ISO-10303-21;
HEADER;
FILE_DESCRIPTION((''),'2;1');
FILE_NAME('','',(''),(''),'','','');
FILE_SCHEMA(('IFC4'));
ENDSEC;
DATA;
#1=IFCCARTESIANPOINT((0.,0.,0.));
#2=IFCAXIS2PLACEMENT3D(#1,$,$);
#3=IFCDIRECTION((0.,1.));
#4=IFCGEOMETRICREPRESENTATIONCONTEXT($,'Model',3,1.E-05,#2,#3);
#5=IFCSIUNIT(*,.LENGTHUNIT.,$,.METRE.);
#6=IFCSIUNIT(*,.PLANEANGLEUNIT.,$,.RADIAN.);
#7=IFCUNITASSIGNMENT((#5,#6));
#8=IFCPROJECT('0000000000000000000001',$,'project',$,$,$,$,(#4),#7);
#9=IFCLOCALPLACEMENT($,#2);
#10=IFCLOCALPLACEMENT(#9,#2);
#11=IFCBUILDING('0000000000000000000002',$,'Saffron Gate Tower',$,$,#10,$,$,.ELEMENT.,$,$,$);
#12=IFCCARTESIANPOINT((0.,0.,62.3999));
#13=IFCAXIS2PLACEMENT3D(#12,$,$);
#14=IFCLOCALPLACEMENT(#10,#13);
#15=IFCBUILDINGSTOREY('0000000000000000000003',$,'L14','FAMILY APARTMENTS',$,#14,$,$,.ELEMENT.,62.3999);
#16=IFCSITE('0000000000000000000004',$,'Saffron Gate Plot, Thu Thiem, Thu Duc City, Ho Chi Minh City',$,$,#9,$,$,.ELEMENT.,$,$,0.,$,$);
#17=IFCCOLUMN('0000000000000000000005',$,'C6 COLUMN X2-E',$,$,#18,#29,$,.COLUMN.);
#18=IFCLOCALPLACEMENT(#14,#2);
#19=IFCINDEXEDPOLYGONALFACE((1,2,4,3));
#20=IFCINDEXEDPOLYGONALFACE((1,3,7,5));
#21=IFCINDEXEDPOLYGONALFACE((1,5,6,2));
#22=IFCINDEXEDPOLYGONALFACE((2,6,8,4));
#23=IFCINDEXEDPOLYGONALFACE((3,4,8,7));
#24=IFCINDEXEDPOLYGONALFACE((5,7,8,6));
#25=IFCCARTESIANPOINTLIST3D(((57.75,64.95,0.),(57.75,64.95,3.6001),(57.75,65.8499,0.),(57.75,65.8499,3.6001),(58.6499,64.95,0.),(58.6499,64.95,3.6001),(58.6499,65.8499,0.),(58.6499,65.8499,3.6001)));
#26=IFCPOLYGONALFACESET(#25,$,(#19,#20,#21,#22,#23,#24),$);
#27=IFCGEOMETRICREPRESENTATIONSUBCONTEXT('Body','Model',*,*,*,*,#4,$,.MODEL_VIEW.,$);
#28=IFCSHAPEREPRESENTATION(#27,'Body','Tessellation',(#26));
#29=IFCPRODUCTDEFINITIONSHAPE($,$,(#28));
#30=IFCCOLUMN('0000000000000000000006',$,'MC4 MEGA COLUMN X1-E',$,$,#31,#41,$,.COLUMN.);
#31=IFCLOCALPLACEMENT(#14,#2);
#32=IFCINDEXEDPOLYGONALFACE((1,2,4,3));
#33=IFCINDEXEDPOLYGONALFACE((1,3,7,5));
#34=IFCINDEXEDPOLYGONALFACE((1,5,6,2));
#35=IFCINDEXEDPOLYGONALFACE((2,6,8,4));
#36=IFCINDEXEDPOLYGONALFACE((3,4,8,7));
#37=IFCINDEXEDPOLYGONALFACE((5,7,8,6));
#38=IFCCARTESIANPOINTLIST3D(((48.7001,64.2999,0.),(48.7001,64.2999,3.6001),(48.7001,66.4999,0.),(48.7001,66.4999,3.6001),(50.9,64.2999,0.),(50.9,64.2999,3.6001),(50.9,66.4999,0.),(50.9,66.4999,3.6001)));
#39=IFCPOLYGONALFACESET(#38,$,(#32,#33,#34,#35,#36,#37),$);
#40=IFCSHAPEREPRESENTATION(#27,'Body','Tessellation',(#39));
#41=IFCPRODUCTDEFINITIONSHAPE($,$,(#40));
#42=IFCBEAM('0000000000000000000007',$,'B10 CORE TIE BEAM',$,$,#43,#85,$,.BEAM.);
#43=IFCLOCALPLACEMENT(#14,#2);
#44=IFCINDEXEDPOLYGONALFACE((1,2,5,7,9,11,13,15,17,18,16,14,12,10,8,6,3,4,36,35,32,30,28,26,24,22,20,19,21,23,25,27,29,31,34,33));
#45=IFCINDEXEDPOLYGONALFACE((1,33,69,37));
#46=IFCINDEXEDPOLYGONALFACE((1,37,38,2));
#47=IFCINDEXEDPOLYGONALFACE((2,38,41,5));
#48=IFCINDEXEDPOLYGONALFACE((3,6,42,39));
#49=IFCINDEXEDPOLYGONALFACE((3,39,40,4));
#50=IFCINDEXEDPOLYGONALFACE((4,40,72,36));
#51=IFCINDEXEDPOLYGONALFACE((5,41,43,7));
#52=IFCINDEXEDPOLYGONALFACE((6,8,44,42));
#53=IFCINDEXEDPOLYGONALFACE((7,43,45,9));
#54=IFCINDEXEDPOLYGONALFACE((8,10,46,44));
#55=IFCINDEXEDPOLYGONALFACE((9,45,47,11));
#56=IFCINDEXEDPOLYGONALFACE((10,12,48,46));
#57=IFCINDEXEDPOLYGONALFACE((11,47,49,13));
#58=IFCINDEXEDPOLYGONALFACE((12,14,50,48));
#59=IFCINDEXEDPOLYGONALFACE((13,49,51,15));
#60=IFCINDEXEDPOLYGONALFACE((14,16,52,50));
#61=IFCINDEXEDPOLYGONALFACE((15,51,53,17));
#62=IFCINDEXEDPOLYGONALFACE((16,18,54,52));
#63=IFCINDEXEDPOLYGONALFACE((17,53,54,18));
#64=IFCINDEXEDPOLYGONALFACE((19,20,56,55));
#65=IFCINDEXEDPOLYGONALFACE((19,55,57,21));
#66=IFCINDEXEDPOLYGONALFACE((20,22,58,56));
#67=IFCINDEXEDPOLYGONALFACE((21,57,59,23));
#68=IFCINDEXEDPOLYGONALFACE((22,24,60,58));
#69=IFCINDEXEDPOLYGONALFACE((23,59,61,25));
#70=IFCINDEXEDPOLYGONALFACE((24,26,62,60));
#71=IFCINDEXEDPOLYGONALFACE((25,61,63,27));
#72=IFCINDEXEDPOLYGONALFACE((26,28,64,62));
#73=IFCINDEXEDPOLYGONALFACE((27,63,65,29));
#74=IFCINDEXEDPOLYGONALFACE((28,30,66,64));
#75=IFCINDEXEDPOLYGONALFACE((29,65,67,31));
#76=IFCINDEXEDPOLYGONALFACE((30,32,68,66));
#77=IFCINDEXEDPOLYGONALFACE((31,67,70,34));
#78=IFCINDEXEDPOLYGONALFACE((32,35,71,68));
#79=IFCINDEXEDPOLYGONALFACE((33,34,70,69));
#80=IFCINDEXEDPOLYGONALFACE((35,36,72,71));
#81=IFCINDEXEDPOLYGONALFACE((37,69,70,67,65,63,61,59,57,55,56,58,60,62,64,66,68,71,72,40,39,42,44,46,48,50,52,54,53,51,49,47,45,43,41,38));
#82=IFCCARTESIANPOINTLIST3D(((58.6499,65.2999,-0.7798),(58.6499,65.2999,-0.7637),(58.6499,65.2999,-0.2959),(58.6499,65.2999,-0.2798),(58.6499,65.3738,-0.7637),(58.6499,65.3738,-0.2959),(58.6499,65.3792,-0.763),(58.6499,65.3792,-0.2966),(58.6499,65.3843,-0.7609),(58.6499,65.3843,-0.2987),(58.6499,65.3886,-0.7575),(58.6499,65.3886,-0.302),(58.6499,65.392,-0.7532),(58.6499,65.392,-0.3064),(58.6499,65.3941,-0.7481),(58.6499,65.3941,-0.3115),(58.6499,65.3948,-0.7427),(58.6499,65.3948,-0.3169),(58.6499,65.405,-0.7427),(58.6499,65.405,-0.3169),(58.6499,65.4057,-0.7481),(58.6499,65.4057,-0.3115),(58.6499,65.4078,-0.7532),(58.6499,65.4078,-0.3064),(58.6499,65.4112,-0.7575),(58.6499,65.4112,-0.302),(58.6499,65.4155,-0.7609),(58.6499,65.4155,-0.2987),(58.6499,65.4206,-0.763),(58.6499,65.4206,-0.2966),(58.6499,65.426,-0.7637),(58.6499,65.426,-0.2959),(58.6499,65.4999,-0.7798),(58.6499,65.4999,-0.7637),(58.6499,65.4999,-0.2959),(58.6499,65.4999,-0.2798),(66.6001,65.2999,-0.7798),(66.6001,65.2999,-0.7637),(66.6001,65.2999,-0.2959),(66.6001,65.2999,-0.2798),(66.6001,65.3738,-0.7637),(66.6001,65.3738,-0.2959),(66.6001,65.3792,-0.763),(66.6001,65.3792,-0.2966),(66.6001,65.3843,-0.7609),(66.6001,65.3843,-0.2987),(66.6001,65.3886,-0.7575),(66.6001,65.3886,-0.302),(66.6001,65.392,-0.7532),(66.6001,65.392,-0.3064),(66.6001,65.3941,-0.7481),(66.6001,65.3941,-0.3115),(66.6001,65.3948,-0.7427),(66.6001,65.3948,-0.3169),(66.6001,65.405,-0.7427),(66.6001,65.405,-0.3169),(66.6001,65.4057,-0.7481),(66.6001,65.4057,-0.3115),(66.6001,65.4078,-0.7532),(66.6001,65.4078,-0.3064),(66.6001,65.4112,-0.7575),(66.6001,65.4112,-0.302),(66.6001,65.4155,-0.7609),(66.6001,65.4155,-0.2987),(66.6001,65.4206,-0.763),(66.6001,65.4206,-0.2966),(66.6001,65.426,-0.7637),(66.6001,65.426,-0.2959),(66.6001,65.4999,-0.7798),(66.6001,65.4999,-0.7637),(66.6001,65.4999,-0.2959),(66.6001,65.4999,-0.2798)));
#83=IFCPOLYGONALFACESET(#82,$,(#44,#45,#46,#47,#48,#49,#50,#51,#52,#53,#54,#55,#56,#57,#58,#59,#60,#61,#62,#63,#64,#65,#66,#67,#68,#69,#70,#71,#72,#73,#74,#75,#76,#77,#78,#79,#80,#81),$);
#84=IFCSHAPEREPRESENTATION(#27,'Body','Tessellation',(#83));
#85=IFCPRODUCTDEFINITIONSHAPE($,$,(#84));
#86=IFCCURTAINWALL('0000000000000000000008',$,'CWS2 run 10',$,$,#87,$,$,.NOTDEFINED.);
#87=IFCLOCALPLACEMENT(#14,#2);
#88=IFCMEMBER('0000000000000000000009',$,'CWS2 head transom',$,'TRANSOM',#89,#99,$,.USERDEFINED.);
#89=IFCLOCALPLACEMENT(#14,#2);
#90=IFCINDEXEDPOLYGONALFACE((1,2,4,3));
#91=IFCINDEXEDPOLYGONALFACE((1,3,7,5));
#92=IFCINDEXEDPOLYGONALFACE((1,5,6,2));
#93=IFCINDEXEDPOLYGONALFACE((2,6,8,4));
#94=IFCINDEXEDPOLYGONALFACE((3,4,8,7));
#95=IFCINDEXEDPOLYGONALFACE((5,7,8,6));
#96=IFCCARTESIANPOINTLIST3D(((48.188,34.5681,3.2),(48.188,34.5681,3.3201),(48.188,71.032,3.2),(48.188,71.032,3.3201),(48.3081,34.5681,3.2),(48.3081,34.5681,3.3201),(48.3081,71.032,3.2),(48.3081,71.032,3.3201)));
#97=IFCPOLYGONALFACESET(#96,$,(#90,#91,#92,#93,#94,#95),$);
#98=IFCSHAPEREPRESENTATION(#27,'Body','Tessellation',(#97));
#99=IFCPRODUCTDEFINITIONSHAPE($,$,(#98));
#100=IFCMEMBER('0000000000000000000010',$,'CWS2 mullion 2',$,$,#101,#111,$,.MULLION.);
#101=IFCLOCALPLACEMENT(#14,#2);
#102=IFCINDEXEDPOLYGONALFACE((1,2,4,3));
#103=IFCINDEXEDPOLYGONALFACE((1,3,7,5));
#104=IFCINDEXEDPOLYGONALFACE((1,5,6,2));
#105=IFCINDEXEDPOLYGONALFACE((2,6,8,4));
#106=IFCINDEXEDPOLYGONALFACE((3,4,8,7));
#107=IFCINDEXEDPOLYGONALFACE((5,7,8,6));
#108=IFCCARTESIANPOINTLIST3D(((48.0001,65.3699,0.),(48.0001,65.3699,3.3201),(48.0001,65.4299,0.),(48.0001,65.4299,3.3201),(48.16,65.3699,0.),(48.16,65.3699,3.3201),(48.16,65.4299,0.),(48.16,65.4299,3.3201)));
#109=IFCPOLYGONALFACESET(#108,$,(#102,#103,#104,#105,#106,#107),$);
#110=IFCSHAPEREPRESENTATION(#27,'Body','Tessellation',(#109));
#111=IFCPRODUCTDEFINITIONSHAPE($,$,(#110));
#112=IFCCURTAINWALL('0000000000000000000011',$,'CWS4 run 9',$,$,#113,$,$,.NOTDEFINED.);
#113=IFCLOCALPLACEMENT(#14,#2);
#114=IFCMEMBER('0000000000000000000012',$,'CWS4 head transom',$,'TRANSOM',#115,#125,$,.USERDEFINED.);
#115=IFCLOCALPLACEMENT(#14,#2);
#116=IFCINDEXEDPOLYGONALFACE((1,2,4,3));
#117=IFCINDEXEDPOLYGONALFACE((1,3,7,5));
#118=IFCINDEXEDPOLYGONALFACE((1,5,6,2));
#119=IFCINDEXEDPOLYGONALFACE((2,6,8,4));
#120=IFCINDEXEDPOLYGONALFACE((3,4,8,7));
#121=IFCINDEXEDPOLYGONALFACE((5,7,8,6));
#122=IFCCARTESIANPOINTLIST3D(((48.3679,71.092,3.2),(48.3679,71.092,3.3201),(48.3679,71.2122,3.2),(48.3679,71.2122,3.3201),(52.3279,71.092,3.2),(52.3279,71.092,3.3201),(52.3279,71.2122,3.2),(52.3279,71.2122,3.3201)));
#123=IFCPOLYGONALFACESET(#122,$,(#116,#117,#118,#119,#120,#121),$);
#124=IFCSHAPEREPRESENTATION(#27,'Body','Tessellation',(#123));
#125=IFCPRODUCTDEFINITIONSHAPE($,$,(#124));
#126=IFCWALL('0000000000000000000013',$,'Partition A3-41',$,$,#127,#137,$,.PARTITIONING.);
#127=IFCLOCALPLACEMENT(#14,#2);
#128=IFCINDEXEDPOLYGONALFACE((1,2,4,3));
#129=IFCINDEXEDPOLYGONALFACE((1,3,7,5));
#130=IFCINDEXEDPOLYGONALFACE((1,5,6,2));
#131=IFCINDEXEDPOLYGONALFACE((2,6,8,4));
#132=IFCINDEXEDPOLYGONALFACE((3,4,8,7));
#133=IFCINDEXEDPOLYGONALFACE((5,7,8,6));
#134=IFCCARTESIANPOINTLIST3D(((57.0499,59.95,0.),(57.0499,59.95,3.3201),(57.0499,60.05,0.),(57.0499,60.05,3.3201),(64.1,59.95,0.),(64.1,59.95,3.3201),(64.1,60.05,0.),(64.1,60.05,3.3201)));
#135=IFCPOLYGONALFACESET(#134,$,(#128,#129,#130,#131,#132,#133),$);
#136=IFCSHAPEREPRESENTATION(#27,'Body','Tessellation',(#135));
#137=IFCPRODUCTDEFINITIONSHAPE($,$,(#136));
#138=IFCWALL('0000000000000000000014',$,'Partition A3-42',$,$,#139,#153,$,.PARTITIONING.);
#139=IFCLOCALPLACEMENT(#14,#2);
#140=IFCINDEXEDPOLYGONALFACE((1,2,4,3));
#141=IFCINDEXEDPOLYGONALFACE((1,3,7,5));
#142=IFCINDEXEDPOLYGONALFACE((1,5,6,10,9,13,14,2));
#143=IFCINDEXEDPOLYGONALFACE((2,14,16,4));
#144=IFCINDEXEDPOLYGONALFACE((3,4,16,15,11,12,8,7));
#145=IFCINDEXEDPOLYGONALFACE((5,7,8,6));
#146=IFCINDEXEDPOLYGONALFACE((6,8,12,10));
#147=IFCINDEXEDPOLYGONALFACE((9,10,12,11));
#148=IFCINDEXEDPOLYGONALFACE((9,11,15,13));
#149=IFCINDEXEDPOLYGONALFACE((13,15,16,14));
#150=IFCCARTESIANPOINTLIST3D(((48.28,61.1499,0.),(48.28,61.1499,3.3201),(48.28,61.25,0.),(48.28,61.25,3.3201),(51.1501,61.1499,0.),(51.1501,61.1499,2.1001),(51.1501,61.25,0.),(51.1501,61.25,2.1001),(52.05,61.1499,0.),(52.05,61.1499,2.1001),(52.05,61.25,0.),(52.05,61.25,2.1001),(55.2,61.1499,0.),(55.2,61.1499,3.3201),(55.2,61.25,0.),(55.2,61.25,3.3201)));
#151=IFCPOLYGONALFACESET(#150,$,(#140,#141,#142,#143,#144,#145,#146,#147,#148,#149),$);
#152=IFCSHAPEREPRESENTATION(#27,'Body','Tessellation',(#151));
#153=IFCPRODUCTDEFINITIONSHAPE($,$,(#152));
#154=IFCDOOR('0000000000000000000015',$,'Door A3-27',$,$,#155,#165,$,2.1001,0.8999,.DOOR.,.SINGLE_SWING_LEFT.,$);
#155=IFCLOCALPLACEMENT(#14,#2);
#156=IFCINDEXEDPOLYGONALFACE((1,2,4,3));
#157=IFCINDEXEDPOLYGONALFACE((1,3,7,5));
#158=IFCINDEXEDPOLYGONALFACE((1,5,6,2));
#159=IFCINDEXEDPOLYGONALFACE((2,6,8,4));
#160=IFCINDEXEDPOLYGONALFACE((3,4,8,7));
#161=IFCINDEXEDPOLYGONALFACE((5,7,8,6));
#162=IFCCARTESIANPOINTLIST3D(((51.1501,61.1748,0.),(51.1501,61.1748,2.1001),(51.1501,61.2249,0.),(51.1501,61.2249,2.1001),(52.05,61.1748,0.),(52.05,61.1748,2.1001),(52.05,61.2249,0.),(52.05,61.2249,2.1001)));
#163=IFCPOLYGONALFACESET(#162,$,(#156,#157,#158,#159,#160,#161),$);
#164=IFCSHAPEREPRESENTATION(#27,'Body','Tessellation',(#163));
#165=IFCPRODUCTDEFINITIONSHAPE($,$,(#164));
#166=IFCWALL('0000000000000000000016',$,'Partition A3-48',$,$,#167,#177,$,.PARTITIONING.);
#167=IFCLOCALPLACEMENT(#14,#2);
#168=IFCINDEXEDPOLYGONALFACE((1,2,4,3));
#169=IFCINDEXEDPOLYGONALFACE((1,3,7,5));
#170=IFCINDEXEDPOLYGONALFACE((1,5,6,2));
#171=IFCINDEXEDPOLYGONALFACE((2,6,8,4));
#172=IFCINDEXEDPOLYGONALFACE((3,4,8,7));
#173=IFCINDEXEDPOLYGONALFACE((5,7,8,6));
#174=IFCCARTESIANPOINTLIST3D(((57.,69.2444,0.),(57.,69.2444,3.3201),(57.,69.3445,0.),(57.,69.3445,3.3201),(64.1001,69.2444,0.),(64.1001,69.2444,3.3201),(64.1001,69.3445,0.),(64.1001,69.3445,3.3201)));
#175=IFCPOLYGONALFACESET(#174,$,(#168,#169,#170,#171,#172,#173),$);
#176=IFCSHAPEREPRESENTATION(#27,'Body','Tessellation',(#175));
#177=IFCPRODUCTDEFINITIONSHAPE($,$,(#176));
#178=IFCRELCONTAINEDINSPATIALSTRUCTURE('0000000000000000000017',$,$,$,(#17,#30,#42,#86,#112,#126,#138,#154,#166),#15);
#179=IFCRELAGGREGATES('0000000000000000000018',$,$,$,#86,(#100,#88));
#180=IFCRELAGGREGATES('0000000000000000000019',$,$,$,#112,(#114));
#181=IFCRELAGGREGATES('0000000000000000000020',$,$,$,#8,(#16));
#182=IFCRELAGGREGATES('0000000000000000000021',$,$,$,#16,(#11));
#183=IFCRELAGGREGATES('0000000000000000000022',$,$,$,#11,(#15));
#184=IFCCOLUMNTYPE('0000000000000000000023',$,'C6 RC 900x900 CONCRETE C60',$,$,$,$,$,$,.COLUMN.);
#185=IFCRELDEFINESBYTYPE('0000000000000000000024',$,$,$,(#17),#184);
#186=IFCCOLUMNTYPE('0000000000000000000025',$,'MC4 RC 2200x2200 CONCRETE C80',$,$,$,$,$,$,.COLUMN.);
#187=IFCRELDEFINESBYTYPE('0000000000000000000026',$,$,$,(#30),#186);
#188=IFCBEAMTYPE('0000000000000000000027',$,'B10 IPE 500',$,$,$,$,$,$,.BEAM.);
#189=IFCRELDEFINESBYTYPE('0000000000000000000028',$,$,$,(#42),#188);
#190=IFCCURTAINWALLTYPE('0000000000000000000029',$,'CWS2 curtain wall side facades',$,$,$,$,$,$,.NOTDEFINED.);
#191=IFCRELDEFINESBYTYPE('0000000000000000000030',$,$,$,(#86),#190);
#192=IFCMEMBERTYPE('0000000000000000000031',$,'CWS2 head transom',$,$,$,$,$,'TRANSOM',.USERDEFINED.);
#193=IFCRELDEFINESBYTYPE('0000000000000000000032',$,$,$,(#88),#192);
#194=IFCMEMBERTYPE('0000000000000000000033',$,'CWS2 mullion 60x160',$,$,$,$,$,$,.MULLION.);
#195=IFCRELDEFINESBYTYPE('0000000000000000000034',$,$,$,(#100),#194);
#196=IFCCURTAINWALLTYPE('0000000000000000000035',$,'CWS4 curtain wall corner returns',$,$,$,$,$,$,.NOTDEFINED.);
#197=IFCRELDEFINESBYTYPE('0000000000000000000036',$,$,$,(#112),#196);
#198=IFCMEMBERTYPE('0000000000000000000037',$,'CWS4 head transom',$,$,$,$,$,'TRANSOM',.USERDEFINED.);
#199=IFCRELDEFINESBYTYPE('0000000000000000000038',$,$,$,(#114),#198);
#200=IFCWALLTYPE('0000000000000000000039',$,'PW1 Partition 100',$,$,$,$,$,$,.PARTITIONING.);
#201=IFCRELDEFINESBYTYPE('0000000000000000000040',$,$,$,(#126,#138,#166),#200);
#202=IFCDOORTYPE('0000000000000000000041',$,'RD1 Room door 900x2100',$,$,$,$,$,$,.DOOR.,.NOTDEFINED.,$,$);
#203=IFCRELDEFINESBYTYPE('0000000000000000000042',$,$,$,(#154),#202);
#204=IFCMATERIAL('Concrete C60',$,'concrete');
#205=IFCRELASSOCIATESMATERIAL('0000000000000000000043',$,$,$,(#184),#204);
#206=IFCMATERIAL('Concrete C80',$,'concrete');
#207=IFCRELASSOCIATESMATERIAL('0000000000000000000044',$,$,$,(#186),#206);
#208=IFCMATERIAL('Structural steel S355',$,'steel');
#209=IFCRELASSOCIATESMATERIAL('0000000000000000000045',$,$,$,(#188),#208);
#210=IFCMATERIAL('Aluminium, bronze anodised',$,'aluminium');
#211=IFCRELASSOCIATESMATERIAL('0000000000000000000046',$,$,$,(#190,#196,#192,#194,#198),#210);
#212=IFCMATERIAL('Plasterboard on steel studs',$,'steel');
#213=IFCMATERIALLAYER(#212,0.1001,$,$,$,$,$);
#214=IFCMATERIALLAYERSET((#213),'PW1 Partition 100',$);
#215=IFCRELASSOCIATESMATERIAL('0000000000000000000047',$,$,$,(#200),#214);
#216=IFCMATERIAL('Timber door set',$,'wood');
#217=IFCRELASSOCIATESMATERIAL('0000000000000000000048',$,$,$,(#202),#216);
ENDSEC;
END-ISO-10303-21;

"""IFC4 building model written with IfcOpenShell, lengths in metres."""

from ifc_helpers import new_model, si_unit, direction, frame, frame_2d, origin, origin_2d, place, context, subcontext, project, spatial, rectangle, i_section, extrude, material, layer, layer_set, material_profile, profile_set, type_object, element, fill, aggregate, save


model = new_model("IFC4")

# Units and contexts
model_context = context("Model", 3, precision=1e-05, world=origin(), true_north=direction((0.0, 1.0)))
body_context = subcontext(model_context, "Body", "Model", "MODEL_VIEW")
ifc_project = project(units=[si_unit("LENGTHUNIT", "METRE"), si_unit("PLANEANGLEUNIT", "RADIAN")], contexts=[model_context])

# Site, building, storey
site_placement = place(None, origin())
site = spatial("IfcSite", under=ifc_project, at=site_placement, Name="Saffron Gate Plot, Thu Thiem, Thu Duc City, Ho Chi Minh City", CompositionType="ELEMENT", RefElevation=0.0)
building_placement = place(site_placement, origin())
building = spatial("IfcBuilding", under=site, at=building_placement, Name="Saffron Gate Tower", CompositionType="ELEMENT")
storey_placement = place(building_placement, frame((0.0, 0.0, 62.3999)))
storey = spatial("IfcBuildingStorey", under=building, at=storey_placement, Name="L14", Description="FAMILY APARTMENTS", CompositionType="ELEMENT", Elevation=62.3999)

# Columns
ifc_material_1 = material(Name="Concrete C60", Category="concrete")
ifc_material_profile_1 = material_profile(ifc_material_1, rectangle(XDim=0.8999, YDim=0.8999, at=origin_2d()))
ifc_profile_set_1 = profile_set([ifc_material_profile_1], Name="Concrete C60")
column_type_1 = type_object("IfcColumnType", Name="C6 RC 900x900 CONCRETE C60", PredefinedType="COLUMN", material=ifc_profile_set_1)
column_1_placement = place(storey_placement, frame((58.2, 65.3999, 0.0), z_axis=(0.0, 0.0, 1.0), x_axis=(1.0, 0.0, 0.0)))
element("IfcColumn", 1, at=column_1_placement, inside=storey, type_object=column_type_1, Name="C6 COLUMN X2-E", PredefinedType="COLUMN", context=body_context, shape_type="SweptSolid", body=[
    extrude(rectangle(XDim=0.8999, YDim=0.8999, at=origin_2d()), origin(), (0.0, 0.0, 1.0), 3.6001),
])
ifc_material_2 = material(Name="Concrete C80", Category="concrete")
ifc_material_profile_2 = material_profile(ifc_material_2, rectangle(XDim=2.2, YDim=2.2, at=origin_2d()))
ifc_profile_set_2 = profile_set([ifc_material_profile_2], Name="Concrete C80")
column_type_2 = type_object("IfcColumnType", Name="MC4 RC 2200x2200 CONCRETE C80", PredefinedType="COLUMN", material=ifc_profile_set_2)
column_2_placement = place(storey_placement, frame((49.8, 65.3999, 0.0), z_axis=(0.0, 0.0, 1.0), x_axis=(1.0, 0.0, 0.0)))
element("IfcColumn", 2, at=column_2_placement, inside=storey, type_object=column_type_2, Name="MC4 MEGA COLUMN X1-E", PredefinedType="COLUMN", context=body_context, shape_type="SweptSolid", body=[
    extrude(rectangle(XDim=2.2, YDim=2.2, at=origin_2d()), origin(), (0.0, 0.0, 1.0), 3.6001),
])

# Beam
ifc_material_3 = material(Name="Structural steel S355", Category="steel")
ifc_material_profile_3 = material_profile(ifc_material_3, i_section(OverallWidth=0.2, OverallDepth=0.5, WebThickness=0.0103, FlangeThickness=0.0161, FilletRadius=0.021, at=origin_2d()))
ifc_profile_set_3 = profile_set([ifc_material_profile_3], Name="Structural steel S355")
beam_type = type_object("IfcBeamType", Name="B10 IPE 500", PredefinedType="BEAM", material=ifc_profile_set_3)
beam_placement = place(storey_placement, frame((58.6499, 65.3999, -0.5298), z_axis=(1.0, 0.0, 0.0), x_axis=(0.0, 1.0, 0.0)))
element("IfcBeam", 3, at=beam_placement, inside=storey, type_object=beam_type, Name="B10 CORE TIE BEAM", PredefinedType="BEAM", context=body_context, shape_type="SweptSolid", body=[
    extrude(i_section(OverallWidth=0.2, OverallDepth=0.5, WebThickness=0.0103, FlangeThickness=0.0161, FilletRadius=0.021, at=origin_2d()), origin(), (0.0, 0.0, 1.0), 7.9502),
])

# Curtain wall, members
ifc_material_4 = material(Name="Aluminium, bronze anodised", Category="aluminium")
curtain_wall_type_1 = type_object("IfcCurtainWallType", Name="CWS2 curtain wall side facades", PredefinedType="NOTDEFINED", material=ifc_material_4)
curtain_wall_1_placement = place(storey_placement, origin())
curtain_wall_1 = element("IfcCurtainWall", 4, at=curtain_wall_1_placement, inside=storey, type_object=curtain_wall_type_1, Name="CWS2 run 10", PredefinedType="NOTDEFINED")
ifc_material_profile_4 = material_profile(ifc_material_4, rectangle(XDim=0.1201, YDim=0.1201, at=origin_2d()))
ifc_profile_set_4 = profile_set([ifc_material_profile_4], Name="Aluminium, bronze anodised")
member_type_1 = type_object("IfcMemberType", Name="CWS2 head transom", ElementType="TRANSOM", PredefinedType="USERDEFINED", material=ifc_profile_set_4)
member_1_placement = place(storey_placement, frame((48.248, 71.032, 3.26), z_axis=(0.0, -1.0, 0.0), x_axis=(1.0, 0.0, 0.0)))
member_1 = element("IfcMember", 5, at=member_1_placement, type_object=member_type_1, Name="CWS2 head transom", ObjectType="TRANSOM", PredefinedType="USERDEFINED", context=body_context, shape_type="SweptSolid", body=[
    extrude(rectangle(XDim=0.1201, YDim=0.1201, at=origin_2d()), origin(), (0.0, 0.0, 1.0), 36.4639),
])
ifc_material_profile_5 = material_profile(ifc_material_4, rectangle(XDim=0.1599, YDim=0.0601, at=origin_2d()))
ifc_profile_set_5 = profile_set([ifc_material_profile_5], Name="Aluminium, bronze anodised")
member_type_2 = type_object("IfcMemberType", Name="CWS2 mullion 60x160", PredefinedType="MULLION", material=ifc_profile_set_5)
member_2_placement = place(storey_placement, frame((48.0801, 65.3999, 0.0), z_axis=(0.0, 0.0, 1.0), x_axis=(1.0, 0.0, 0.0)))
member_2 = element("IfcMember", 6, at=member_2_placement, type_object=member_type_2, Name="CWS2 mullion 2", PredefinedType="MULLION", context=body_context, shape_type="SweptSolid", body=[
    extrude(rectangle(XDim=0.1599, YDim=0.0601, at=origin_2d()), origin(), (0.0, 0.0, 1.0), 3.3201),
])
aggregate(curtain_wall_1, [member_2, member_1])

# Curtain wall, member
curtain_wall_type_2 = type_object("IfcCurtainWallType", Name="CWS4 curtain wall corner returns", PredefinedType="NOTDEFINED", material=ifc_material_4)
curtain_wall_2_placement = place(storey_placement, origin())
curtain_wall_2 = element("IfcCurtainWall", 7, at=curtain_wall_2_placement, inside=storey, type_object=curtain_wall_type_2, Name="CWS4 run 9", PredefinedType="NOTDEFINED")
ifc_material_profile_6 = material_profile(ifc_material_4, rectangle(XDim=0.1201, YDim=0.1201, at=origin_2d()))
ifc_profile_set_6 = profile_set([ifc_material_profile_6], Name="Aluminium, bronze anodised")
member_type_3 = type_object("IfcMemberType", Name="CWS4 head transom", ElementType="TRANSOM", PredefinedType="USERDEFINED", material=ifc_profile_set_6)
member_3_placement = place(storey_placement, frame((52.3279, 71.1521, 3.26), z_axis=(-1.0, 0.0, 0.0), x_axis=(0.0, -1.0, 0.0)))
member_3 = element("IfcMember", 8, at=member_3_placement, type_object=member_type_3, Name="CWS4 head transom", ObjectType="TRANSOM", PredefinedType="USERDEFINED", context=body_context, shape_type="SweptSolid", body=[
    extrude(rectangle(XDim=0.1201, YDim=0.1201, at=origin_2d()), origin(), (0.0, 0.0, 1.0), 3.96),
])
aggregate(curtain_wall_2, [member_3])

# Wall
ifc_material_5 = material(Name="Plasterboard on steel studs", Category="steel")
ifc_layer = layer(ifc_material_5, 0.1001)
ifc_layer_set = layer_set([ifc_layer], Name="PW1 Partition 100")
wall_type = type_object("IfcWallType", Name="PW1 Partition 100", PredefinedType="PARTITIONING", material=ifc_layer_set)
wall_1_placement = place(storey_placement, frame((57.05, 60.0, 0.0), z_axis=(0.0, 0.0, 1.0), x_axis=(1.0, 0.0, 0.0)))
element("IfcWall", 9, at=wall_1_placement, inside=storey, type_object=wall_type, Name="Partition A3-41", PredefinedType="PARTITIONING", context=body_context, shape_type="SweptSolid", body=[
    extrude(rectangle(XDim=7.05, YDim=0.1001, at=frame_2d((3.5249, 0.0))), origin(), (0.0, 0.0, 1.0), 3.3201),
])

# Wall, opening, door
wall_2_placement = place(storey_placement, frame((48.28, 61.2, 0.0), z_axis=(0.0, 0.0, 1.0), x_axis=(1.0, 0.0, 0.0)))
wall_2 = element("IfcWall", 10, at=wall_2_placement, inside=storey, type_object=wall_type, Name="Partition A3-42", PredefinedType="PARTITIONING", context=body_context, shape_type="SweptSolid", body=[
    extrude(rectangle(XDim=6.9199, YDim=0.1001, at=frame_2d((3.46, 0.0))), origin(), (0.0, 0.0, 1.0), 3.3201),
])
opening_1_placement = place(wall_2_placement, frame((2.8701, 0.0, 0.0)))
opening_1 = element("IfcOpeningElement", 11, at=opening_1_placement, cuts=wall_2, PredefinedType="OPENING", context=body_context, shape_type="SweptSolid", body=[
    extrude(rectangle(XDim=0.8999, YDim=2.1001, at=frame_2d((0.45, 1.05))), frame((0.0, 0.0601, 0.0), z_axis=(0.0, -1.0, 0.0), x_axis=(1.0, 0.0, 0.0)), (0.0, 0.0, 1.0), 0.1201),
])
ifc_material_6 = material(Name="Timber door set", Category="wood")
door_type_1 = type_object("IfcDoorType", Name="RD1 Room door 900x2100", OperationType="NOTDEFINED", PredefinedType="DOOR", material=ifc_material_6)
door_1_placement = place(opening_1_placement, origin())
door_1 = element("IfcDoor", 12, at=door_1_placement, inside=storey, type_object=door_type_1, Name="Door A3-27", OperationType="SINGLE_SWING_LEFT", OverallHeight=2.1001, OverallWidth=0.8999, PredefinedType="DOOR", context=body_context, shape_type="SweptSolid", body=[
    extrude(rectangle(XDim=0.8999, YDim=2.1001, at=frame_2d((0.45, 1.05))), frame((0.0, 0.0249, 0.0), z_axis=(0.0, -1.0, 0.0), x_axis=(1.0, 0.0, 0.0)), (0.0, 0.0, 1.0), 0.05),
])
fill(opening_1, door_1)

# Wall
wall_3_placement = place(storey_placement, frame((57.0, 69.2944, 0.0), z_axis=(0.0, 0.0, 1.0), x_axis=(1.0, 0.0, 0.0)))
element("IfcWall", 13, at=wall_3_placement, inside=storey, type_object=wall_type, Name="Partition A3-48", PredefinedType="PARTITIONING", context=body_context, shape_type="SweptSolid", body=[
    extrude(rectangle(XDim=7.1001, YDim=0.1001, at=frame_2d((3.55, 0.0))), origin(), (0.0, 0.0, 1.0), 3.3201),
])

save(model, "model.ifc")
